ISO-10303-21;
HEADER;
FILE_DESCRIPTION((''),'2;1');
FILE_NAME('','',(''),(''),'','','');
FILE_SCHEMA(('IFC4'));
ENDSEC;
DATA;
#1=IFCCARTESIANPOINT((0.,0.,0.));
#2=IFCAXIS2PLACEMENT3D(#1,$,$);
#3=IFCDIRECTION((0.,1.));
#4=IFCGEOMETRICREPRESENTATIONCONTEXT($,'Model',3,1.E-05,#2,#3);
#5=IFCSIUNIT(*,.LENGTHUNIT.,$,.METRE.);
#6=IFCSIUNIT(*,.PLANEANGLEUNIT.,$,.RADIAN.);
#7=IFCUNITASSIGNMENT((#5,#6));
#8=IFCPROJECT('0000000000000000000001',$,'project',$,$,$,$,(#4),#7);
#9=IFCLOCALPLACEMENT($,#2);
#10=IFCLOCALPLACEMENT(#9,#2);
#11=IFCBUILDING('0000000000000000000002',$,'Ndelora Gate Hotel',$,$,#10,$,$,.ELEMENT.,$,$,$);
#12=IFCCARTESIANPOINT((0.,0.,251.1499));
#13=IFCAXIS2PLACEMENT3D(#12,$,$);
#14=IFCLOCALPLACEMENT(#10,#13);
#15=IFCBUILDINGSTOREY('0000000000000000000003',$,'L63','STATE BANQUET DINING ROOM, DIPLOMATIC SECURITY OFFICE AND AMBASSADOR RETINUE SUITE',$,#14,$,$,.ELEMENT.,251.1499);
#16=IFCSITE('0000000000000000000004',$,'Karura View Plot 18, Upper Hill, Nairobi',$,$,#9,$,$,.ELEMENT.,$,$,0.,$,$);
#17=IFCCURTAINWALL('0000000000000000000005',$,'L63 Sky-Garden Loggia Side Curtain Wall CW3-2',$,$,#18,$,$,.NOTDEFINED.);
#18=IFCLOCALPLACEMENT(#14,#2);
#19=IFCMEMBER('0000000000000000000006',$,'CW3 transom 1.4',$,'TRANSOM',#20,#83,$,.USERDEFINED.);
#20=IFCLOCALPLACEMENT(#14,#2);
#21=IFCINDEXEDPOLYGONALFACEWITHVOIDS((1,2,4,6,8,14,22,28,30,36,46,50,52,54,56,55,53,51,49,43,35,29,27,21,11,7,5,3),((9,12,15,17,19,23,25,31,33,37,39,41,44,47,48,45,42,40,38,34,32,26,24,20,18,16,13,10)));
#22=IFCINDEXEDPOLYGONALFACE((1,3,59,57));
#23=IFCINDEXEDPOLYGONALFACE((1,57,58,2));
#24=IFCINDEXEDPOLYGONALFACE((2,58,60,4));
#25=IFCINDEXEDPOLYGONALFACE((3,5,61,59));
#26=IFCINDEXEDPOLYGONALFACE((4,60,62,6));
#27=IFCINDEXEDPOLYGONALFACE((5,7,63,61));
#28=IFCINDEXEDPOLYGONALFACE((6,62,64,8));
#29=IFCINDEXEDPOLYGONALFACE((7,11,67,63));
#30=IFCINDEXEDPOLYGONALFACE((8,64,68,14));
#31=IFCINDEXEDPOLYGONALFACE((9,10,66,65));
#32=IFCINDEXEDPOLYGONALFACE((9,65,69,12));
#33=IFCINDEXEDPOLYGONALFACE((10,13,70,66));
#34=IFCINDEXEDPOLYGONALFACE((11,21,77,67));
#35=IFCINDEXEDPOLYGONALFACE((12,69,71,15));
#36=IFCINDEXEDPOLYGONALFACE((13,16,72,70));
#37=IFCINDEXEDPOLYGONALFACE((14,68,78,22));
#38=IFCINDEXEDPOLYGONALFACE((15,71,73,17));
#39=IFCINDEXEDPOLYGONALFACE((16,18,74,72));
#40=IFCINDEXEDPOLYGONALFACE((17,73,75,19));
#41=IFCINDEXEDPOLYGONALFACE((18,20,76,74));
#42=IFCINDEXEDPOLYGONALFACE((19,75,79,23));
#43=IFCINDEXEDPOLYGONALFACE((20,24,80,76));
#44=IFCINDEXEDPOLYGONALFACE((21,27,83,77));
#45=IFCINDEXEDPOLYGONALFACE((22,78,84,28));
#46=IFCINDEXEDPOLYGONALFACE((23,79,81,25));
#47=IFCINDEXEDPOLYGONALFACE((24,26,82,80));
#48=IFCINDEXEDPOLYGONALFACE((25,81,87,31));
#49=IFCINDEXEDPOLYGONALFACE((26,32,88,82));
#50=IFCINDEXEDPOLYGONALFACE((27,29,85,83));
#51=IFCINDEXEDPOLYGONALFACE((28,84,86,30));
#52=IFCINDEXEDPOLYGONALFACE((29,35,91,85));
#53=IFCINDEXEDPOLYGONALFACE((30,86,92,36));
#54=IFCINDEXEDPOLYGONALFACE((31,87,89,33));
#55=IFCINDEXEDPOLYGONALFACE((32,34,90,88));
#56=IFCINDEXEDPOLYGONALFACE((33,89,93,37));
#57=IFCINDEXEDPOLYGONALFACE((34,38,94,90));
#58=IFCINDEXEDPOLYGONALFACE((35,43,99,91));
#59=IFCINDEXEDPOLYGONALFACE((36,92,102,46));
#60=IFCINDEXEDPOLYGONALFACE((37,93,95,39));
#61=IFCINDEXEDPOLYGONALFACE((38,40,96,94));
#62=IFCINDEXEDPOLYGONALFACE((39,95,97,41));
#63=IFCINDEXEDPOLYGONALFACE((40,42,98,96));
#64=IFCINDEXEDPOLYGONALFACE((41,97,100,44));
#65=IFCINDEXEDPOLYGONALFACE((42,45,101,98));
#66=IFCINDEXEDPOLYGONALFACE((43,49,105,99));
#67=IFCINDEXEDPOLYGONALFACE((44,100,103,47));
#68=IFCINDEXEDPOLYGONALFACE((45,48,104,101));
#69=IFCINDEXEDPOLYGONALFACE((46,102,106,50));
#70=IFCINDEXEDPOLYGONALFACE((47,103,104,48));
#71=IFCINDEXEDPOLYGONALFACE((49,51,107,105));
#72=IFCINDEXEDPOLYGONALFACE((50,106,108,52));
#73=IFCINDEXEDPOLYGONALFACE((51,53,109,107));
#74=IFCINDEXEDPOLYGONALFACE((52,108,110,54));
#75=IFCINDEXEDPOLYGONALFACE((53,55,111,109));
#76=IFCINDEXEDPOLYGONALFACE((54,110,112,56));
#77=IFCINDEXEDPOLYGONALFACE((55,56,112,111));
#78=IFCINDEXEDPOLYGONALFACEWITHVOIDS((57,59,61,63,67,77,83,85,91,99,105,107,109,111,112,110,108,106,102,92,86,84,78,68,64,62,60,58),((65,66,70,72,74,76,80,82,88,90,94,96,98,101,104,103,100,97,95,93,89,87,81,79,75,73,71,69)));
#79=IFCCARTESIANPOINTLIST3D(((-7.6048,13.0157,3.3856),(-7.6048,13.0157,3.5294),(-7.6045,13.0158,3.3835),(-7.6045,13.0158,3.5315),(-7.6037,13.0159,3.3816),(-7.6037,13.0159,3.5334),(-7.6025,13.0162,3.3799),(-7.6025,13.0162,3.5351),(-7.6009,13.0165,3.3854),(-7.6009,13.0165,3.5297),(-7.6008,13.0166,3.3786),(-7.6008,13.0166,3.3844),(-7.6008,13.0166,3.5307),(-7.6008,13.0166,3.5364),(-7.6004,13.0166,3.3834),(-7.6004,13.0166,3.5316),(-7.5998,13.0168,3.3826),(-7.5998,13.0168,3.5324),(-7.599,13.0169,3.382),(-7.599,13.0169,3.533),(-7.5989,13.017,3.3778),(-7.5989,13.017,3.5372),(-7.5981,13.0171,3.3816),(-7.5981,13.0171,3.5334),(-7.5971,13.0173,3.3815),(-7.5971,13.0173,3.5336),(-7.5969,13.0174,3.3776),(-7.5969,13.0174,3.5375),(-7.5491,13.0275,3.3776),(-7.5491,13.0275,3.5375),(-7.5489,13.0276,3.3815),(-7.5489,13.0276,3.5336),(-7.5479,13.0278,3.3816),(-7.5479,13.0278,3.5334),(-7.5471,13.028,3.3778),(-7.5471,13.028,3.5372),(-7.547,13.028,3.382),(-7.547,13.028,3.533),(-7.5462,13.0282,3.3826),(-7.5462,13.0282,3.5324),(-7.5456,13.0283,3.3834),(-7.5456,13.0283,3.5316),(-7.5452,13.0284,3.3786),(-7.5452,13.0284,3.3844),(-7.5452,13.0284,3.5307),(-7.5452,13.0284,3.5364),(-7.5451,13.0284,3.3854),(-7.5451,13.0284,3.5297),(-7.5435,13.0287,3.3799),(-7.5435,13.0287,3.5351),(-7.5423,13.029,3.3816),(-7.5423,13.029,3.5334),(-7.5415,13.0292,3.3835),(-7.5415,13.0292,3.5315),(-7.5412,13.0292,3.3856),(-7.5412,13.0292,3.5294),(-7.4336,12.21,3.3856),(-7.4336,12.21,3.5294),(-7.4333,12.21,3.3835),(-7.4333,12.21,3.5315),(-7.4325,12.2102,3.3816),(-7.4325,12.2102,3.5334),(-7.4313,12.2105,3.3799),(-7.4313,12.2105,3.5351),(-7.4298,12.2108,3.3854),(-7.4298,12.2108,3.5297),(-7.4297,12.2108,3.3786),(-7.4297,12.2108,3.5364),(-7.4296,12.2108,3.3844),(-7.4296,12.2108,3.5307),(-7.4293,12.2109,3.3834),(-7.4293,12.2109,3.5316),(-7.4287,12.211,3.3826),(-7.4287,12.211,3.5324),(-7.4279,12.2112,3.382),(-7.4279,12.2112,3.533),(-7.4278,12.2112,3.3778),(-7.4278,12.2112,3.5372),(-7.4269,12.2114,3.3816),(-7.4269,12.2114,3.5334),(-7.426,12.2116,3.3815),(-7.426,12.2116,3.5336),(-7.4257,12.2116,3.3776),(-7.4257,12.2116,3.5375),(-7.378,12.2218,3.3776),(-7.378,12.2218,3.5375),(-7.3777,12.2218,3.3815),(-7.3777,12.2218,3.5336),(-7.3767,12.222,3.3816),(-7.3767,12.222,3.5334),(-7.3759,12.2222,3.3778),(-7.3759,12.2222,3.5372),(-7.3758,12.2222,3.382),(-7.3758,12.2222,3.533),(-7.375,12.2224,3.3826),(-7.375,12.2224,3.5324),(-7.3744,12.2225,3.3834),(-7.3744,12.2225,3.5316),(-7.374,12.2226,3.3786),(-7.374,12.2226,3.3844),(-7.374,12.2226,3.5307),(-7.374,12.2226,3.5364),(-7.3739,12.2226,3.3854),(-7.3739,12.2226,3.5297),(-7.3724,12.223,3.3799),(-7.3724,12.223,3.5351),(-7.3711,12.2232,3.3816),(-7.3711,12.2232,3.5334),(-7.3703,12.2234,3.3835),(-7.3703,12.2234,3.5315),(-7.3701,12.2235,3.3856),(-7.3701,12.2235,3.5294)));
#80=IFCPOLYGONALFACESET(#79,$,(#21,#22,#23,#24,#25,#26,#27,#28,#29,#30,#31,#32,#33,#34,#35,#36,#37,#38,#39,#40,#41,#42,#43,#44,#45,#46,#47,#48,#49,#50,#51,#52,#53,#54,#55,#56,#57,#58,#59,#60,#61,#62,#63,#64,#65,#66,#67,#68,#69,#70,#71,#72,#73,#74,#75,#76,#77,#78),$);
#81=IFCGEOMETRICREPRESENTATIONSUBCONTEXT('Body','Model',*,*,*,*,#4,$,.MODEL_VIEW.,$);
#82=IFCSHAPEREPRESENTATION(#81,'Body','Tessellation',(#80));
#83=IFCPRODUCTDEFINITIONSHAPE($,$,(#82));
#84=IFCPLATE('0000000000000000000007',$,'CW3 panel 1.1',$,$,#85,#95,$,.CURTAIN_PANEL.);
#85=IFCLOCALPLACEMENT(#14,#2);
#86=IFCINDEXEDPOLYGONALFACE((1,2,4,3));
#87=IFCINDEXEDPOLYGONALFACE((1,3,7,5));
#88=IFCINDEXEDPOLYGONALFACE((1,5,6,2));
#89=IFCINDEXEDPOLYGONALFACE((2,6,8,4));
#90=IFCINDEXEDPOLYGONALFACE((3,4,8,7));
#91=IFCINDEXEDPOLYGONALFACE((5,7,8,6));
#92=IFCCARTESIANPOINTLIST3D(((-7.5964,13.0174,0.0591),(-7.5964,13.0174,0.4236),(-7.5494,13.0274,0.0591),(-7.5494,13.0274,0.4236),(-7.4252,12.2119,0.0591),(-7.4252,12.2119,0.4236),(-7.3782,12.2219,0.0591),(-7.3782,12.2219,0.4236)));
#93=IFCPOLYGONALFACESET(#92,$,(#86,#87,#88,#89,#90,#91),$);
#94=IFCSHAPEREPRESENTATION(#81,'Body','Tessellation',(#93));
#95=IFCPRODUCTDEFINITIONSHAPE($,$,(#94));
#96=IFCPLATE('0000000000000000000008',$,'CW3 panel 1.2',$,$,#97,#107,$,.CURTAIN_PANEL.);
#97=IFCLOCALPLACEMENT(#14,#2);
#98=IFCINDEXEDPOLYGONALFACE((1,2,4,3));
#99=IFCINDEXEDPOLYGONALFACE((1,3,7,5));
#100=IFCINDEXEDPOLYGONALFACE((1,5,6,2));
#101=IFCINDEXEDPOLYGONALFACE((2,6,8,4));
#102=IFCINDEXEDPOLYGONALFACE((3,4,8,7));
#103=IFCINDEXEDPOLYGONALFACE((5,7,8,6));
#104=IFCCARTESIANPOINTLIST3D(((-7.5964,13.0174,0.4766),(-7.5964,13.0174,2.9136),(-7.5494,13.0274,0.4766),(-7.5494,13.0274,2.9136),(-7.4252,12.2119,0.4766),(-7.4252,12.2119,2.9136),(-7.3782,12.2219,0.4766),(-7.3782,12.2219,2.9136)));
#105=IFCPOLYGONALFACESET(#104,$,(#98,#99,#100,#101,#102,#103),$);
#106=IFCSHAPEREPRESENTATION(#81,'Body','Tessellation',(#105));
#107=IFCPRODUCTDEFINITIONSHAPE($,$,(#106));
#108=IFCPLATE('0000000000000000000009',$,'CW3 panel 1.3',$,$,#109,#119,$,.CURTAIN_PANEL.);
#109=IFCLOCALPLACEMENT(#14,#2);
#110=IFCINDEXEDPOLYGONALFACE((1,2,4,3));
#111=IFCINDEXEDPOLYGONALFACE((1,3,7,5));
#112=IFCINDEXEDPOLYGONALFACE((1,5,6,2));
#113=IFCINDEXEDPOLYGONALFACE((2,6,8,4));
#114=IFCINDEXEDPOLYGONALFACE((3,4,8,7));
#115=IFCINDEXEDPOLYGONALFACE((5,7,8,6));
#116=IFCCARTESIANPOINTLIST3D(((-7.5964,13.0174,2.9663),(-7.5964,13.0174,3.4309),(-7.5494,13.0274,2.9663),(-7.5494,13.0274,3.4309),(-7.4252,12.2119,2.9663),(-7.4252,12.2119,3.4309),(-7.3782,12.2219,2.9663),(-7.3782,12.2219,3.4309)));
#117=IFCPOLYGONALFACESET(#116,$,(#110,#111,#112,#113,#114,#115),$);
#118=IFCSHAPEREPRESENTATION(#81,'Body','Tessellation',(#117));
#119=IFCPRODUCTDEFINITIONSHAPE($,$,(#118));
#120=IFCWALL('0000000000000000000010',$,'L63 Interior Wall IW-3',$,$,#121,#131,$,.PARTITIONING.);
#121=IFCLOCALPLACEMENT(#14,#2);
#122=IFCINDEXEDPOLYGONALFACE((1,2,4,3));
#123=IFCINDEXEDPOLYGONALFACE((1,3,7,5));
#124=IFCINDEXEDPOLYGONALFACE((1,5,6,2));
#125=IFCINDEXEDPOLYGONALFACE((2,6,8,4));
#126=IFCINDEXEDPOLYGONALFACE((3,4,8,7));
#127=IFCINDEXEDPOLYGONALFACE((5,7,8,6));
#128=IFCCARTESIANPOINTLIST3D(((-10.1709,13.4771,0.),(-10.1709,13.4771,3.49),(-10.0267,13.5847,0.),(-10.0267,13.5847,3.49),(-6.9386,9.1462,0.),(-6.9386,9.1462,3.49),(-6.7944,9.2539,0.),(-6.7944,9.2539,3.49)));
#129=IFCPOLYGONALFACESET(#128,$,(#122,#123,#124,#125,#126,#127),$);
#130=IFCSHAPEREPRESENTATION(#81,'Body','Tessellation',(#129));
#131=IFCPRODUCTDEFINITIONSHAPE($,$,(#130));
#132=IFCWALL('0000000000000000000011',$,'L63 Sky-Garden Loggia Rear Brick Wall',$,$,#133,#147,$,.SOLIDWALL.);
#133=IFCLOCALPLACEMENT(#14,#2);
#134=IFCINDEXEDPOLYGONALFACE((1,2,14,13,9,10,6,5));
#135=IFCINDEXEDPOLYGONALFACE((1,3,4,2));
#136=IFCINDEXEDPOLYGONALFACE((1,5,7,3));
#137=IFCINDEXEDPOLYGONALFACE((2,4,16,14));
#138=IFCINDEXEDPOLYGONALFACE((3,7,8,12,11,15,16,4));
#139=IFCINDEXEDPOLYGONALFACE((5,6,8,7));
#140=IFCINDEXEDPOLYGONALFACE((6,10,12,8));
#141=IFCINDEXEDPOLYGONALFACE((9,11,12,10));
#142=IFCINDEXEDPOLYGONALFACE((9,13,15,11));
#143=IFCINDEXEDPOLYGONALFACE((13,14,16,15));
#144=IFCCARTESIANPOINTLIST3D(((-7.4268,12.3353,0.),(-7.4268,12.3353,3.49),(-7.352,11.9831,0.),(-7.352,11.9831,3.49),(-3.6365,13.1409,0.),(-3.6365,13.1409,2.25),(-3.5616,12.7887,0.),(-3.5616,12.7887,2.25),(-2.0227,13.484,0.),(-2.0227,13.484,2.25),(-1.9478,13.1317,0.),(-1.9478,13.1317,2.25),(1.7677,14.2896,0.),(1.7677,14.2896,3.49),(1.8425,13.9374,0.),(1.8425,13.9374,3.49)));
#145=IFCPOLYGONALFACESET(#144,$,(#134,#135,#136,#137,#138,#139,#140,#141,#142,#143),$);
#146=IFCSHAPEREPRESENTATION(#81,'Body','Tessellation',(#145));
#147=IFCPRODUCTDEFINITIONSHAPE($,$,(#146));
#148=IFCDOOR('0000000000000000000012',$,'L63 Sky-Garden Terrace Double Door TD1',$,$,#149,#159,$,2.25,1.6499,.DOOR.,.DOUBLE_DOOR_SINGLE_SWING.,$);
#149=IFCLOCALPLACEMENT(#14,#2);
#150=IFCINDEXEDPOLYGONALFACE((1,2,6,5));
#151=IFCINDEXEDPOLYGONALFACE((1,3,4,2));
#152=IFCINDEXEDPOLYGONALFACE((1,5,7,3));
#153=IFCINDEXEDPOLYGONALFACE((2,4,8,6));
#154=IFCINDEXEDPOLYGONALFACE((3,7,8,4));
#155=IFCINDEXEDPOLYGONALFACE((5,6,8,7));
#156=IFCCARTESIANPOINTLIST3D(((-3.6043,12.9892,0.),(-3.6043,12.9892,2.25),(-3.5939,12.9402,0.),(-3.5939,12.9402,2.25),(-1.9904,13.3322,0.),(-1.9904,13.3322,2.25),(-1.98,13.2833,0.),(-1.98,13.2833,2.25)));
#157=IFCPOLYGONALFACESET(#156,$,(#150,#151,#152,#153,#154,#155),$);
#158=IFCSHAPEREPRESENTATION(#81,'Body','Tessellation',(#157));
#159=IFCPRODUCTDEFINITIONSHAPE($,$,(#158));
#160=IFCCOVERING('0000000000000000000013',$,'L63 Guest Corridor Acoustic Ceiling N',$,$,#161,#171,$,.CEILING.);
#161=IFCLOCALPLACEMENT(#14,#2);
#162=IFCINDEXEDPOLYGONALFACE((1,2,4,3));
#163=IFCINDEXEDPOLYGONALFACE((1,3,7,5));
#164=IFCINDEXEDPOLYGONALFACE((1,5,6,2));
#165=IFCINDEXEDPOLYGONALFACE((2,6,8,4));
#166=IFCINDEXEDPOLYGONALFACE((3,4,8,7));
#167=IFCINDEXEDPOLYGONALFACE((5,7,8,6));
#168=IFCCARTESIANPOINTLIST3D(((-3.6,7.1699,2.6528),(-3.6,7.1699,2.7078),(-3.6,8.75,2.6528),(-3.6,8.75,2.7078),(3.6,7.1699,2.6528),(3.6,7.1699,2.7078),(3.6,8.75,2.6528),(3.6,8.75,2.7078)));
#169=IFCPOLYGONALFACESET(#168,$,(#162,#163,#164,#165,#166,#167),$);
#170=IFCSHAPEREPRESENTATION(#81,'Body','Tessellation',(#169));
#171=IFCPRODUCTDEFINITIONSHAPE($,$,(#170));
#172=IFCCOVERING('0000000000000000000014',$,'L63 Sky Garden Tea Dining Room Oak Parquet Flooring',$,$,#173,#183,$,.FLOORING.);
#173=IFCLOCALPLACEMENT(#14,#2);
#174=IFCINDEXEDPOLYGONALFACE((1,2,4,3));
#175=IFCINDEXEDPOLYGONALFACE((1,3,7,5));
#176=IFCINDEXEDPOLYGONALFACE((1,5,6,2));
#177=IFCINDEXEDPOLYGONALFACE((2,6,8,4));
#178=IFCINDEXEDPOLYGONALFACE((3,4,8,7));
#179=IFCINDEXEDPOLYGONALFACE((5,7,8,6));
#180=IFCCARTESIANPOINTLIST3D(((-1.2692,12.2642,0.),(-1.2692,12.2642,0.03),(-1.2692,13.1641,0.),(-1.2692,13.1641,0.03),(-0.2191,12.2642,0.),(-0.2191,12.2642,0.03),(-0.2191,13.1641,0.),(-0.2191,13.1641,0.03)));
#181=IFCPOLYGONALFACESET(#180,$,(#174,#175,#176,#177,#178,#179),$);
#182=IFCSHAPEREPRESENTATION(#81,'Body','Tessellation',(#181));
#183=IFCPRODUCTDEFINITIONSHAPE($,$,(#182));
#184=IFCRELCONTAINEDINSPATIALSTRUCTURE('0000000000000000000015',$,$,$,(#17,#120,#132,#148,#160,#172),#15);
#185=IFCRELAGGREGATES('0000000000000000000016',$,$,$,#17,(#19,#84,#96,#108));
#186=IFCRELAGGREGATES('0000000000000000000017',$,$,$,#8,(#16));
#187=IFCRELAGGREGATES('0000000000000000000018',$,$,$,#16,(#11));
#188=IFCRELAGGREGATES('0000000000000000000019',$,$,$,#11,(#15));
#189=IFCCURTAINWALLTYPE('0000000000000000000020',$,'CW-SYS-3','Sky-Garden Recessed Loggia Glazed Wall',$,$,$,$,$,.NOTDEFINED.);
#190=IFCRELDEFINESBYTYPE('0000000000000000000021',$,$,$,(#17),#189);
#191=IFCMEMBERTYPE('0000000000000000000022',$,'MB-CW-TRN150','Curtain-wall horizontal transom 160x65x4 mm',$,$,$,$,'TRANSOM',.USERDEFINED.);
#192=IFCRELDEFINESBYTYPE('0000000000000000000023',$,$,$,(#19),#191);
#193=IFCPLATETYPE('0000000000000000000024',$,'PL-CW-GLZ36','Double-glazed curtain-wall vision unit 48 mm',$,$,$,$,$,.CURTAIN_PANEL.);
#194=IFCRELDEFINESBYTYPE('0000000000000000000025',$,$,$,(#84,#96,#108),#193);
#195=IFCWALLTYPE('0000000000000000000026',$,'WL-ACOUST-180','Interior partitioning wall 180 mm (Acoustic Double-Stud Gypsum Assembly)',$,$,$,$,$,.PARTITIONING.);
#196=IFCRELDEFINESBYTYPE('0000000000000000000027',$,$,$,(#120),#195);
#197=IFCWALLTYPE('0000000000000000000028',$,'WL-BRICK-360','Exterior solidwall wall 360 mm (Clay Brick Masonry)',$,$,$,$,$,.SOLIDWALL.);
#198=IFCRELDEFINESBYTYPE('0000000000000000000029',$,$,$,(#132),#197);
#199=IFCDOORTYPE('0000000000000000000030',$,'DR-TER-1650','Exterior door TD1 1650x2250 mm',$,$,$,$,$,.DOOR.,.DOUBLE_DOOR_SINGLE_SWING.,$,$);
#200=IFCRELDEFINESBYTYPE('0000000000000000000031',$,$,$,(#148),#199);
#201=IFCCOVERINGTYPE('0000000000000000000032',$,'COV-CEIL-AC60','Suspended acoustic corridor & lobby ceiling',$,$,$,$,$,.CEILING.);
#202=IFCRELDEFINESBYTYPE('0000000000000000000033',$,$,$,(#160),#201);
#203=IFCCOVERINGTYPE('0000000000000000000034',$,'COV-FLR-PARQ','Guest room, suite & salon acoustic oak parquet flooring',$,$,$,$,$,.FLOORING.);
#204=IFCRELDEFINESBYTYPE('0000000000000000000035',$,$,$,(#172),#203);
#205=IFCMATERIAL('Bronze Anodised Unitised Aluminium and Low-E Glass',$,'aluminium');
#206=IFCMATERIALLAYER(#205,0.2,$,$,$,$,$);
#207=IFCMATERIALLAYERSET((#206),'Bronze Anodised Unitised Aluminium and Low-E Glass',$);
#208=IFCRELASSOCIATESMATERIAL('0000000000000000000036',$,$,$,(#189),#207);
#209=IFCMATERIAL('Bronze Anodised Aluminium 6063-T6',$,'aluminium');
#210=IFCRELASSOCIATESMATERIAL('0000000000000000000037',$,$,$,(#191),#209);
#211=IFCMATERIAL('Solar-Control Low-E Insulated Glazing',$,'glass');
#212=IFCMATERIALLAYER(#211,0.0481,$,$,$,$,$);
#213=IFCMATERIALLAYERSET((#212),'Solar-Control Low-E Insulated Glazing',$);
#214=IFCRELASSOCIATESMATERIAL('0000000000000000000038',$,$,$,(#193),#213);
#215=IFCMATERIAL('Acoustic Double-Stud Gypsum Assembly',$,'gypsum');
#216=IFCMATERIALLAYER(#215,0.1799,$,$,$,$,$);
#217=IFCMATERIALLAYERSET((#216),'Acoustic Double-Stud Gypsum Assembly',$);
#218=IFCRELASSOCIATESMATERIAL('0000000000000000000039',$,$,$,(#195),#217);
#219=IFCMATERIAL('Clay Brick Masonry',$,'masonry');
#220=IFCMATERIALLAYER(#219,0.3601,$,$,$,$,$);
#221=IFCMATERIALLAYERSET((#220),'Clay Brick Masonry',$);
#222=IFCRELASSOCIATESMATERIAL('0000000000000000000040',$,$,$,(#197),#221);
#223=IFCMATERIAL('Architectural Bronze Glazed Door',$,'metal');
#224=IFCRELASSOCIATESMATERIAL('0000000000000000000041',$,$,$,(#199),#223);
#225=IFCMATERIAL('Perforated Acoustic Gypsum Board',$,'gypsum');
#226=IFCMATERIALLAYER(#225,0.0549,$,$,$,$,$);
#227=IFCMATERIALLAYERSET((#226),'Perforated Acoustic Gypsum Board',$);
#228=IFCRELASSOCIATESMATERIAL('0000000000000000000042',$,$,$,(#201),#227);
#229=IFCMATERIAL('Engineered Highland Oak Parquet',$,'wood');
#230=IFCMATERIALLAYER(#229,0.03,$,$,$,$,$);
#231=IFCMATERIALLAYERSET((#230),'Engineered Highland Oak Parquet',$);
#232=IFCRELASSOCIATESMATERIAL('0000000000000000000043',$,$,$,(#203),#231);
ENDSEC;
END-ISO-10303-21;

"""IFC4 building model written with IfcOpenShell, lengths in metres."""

from ifc_helpers import new_model, si_unit, direction, frame, frame_2d, origin, origin_2d, place, context, subcontext, project, spatial, rectangle, hollow_rectangle, extrude, material, layer, layer_set, material_profile, profile_set, type_object, element, fill, aggregate, save


model = new_model("IFC4")

# Units and contexts
model_context = context("Model", 3, precision=1e-05, world=origin(), true_north=direction((0.0, 1.0)))
body_context = subcontext(model_context, "Body", "Model", "MODEL_VIEW")
ifc_project = project(units=[si_unit("LENGTHUNIT", "METRE"), si_unit("PLANEANGLEUNIT", "RADIAN")], contexts=[model_context])

# Site, building, storey
site_placement = place(None, origin())
site = spatial("IfcSite", under=ifc_project, at=site_placement, Name="Karura View Plot 18, Upper Hill, Nairobi", CompositionType="ELEMENT", RefElevation=0.0)
building_placement = place(site_placement, origin())
building = spatial("IfcBuilding", under=site, at=building_placement, Name="Ndelora Gate Hotel", CompositionType="ELEMENT")
storey_placement = place(building_placement, frame((0.0, 0.0, 251.1499)))
storey = spatial("IfcBuildingStorey", under=building, at=storey_placement, Name="L63", Description="STATE BANQUET DINING ROOM, DIPLOMATIC SECURITY OFFICE AND AMBASSADOR RETINUE SUITE", CompositionType="ELEMENT", Elevation=251.1499)

# Curtain wall, member, plates
ifc_material_1 = material(Name="Bronze Anodised Unitised Aluminium and Low-E Glass", Category="aluminium")
ifc_layer_1 = layer(ifc_material_1, 0.2)
ifc_layer_set_1 = layer_set([ifc_layer_1], Name="Bronze Anodised Unitised Aluminium and Low-E Glass")
curtain_wall_type = type_object("IfcCurtainWallType", Name="CW-SYS-3", Description="Sky-Garden Recessed Loggia Glazed Wall", PredefinedType="NOTDEFINED", material=ifc_layer_set_1)
curtain_wall_placement = place(storey_placement, origin())
curtain_wall = element("IfcCurtainWall", 1, at=curtain_wall_placement, inside=storey, type_object=curtain_wall_type, Name="L63 Sky-Garden Loggia Side Curtain Wall CW3-2", PredefinedType="NOTDEFINED")
ifc_material_2 = material(Name="Bronze Anodised Aluminium 6063-T6", Category="aluminium")
ifc_material_profile_1 = material_profile(ifc_material_2, hollow_rectangle(XDim=0.0649, YDim=0.1599, WallThickness=0.0039, InnerFilletRadius=0.0039, OuterFilletRadius=0.0081, at=origin_2d()), Name="ALU 160x65x4")
ifc_profile_set_1 = profile_set([ifc_material_profile_1], Name="Bronze Anodised Aluminium 6063-T6")
member_type_1 = type_object("IfcMemberType", Name="MB-CW-TRN150", Description="Curtain-wall horizontal transom 160x65x4 mm", ElementType="TRANSOM", PredefinedType="USERDEFINED", material=ifc_profile_set_1)
member_1_placement = place(storey_placement, frame((-7.573, 13.0225, 3.4575), z_axis=(0.207788, -0.978174, 0.0), x_axis=(0.978174, 0.207788, 0.0)))
member_1 = element("IfcMember", 2, at=member_1_placement, type_object=member_type_1, Name="CW3 transom 1.4", ObjectType="TRANSOM", PredefinedType="USERDEFINED", context=body_context, shape_type="SweptSolid", body=[
    extrude(hollow_rectangle(XDim=0.0649, YDim=0.1599, WallThickness=0.0039, InnerFilletRadius=0.0039, OuterFilletRadius=0.0081, at=origin_2d()), origin(), (0.0, 0.0, 1.0), 0.8237),
])
ifc_material_3 = material(Name="Solar-Control Low-E Insulated Glazing", Category="glass")
ifc_layer_2 = layer(ifc_material_3, 0.0481)
ifc_layer_set_2 = layer_set([ifc_layer_2], Name="Solar-Control Low-E Insulated Glazing")
plate_type = type_object("IfcPlateType", Name="PL-CW-GLZ36", Description="Double-glazed curtain-wall vision unit 48 mm", PredefinedType="CURTAIN_PANEL", material=ifc_layer_set_2)
plate_1_placement = place(storey_placement, frame((-7.4873, 12.6196, 0.0591), z_axis=(0.0, 0.0, 1.0), x_axis=(0.207948, -0.97814, 0.0)))
plate_1 = element("IfcPlate", 3, at=plate_1_placement, type_object=plate_type, Name="CW3 panel 1.1", PredefinedType="CURTAIN_PANEL", context=body_context, shape_type="SweptSolid", body=[
    extrude(rectangle(XDim=0.8235, YDim=0.0481, at=origin_2d()), origin(), (0.0, 0.0, 1.0), 0.3645),
])
plate_2_placement = place(storey_placement, frame((-7.4873, 12.6196, 0.4766), z_axis=(0.0, 0.0, 1.0), x_axis=(0.207948, -0.97814, 0.0)))
plate_2 = element("IfcPlate", 4, at=plate_2_placement, type_object=plate_type, Name="CW3 panel 1.2", PredefinedType="CURTAIN_PANEL", context=body_context, shape_type="SweptSolid", body=[
    extrude(rectangle(XDim=0.8235, YDim=0.0481, at=origin_2d()), origin(), (0.0, 0.0, 1.0), 2.437),
])
plate_3_placement = place(storey_placement, frame((-7.4873, 12.6196, 2.9663), z_axis=(0.0, 0.0, 1.0), x_axis=(0.207948, -0.97814, 0.0)))
plate_3 = element("IfcPlate", 5, at=plate_3_placement, type_object=plate_type, Name="CW3 panel 1.3", PredefinedType="CURTAIN_PANEL", context=body_context, shape_type="SweptSolid", body=[
    extrude(rectangle(XDim=0.8235, YDim=0.0481, at=origin_2d()), origin(), (0.0, 0.0, 1.0), 0.4646),
])
aggregate(curtain_wall, [member_1, plate_1, plate_2, plate_3])

# Wall
ifc_material_4 = material(Name="Acoustic Double-Stud Gypsum Assembly", Category="gypsum")
ifc_layer_3 = layer(ifc_material_4, 0.1799)
ifc_layer_set_3 = layer_set([ifc_layer_3], Name="Acoustic Double-Stud Gypsum Assembly")
wall_type_1 = type_object("IfcWallType", Name="WL-ACOUST-180", Description="Interior partitioning wall 180 mm (Acoustic Double-Stud Gypsum Assembly)", PredefinedType="PARTITIONING", material=ifc_layer_set_3)
wall_1_placement = place(storey_placement, frame((-6.8665, 9.2, 0.0), z_axis=(0.0, 0.0, 1.0), x_axis=(-0.598112, 0.801413, 0.0)))
element("IfcWall", 6, at=wall_1_placement, inside=storey, type_object=wall_type_1, Name="L63 Interior Wall IW-3", PredefinedType="PARTITIONING", context=body_context, shape_type="SweptSolid", body=[
    extrude(rectangle(XDim=5.4041, YDim=0.1799, at=frame_2d((2.7021, 0.0))), origin(), (0.0, 0.0, 1.0), 3.49),
])

# Wall, opening, door
ifc_material_5 = material(Name="Clay Brick Masonry", Category="masonry")
ifc_layer_4 = layer(ifc_material_5, 0.3601)
ifc_layer_set_4 = layer_set([ifc_layer_4], Name="Clay Brick Masonry")
wall_type_2 = type_object("IfcWallType", Name="WL-BRICK-360", Description="Exterior solidwall wall 360 mm (Clay Brick Masonry)", PredefinedType="SOLIDWALL", material=ifc_layer_set_4)
wall_2_placement = place(storey_placement, frame((-7.3894, 12.1592, 0.0), z_axis=(0.0, 0.0, 1.0), x_axis=(0.978148, 0.207909, 0.0)))
wall_2 = element("IfcWall", 7, at=wall_2_placement, inside=storey, type_object=wall_type_2, Name="L63 Sky-Garden Loggia Rear Brick Wall", PredefinedType="SOLIDWALL", context=body_context, shape_type="SweptSolid", body=[
    extrude(rectangle(XDim=9.3999, YDim=0.3601, at=frame_2d((4.7, 0.0))), origin(), (0.0, 0.0, 1.0), 3.49),
])
opening_placement = place(wall_2_placement, frame((3.875, 0.0, 0.0)))
opening = element("IfcOpeningElement", 8, at=opening_placement, cuts=wall_2, PredefinedType="OPENING", context=body_context, shape_type="SweptSolid", body=[
    extrude(rectangle(XDim=1.6499, YDim=2.25, at=frame_2d((0.825, 1.125))), frame((0.0, 0.1899, 0.0), z_axis=(0.0, -1.0, 0.0), x_axis=(1.0, 0.0, 0.0)), (0.0, 0.0, 1.0), 0.3801),
])
ifc_material_6 = material(Name="Architectural Bronze Glazed Door", Category="metal")
door_type = type_object("IfcDoorType", Name="DR-TER-1650", Description="Exterior door TD1 1650x2250 mm", OperationType="DOUBLE_DOOR_SINGLE_SWING", PredefinedType="DOOR", material=ifc_material_6)
door_placement = place(opening_placement, origin())
door = element("IfcDoor", 9, at=door_placement, inside=storey, type_object=door_type, Name="L63 Sky-Garden Terrace Double Door TD1", OperationType="DOUBLE_DOOR_SINGLE_SWING", OverallHeight=2.25, OverallWidth=1.6499, PredefinedType="DOOR", context=body_context, shape_type="SweptSolid", body=[
    extrude(rectangle(XDim=1.6499, YDim=2.25, at=frame_2d((0.825, 1.125))), frame((0.0, 0.0249, 0.0), z_axis=(0.0, -1.0, 0.0), x_axis=(1.0, 0.0, 0.0)), (0.0, 0.0, 1.0), 0.05),
])
fill(opening, door)

# Coverings
ifc_material_7 = material(Name="Perforated Acoustic Gypsum Board", Category="gypsum")
ifc_layer_5 = layer(ifc_material_7, 0.0549)
ifc_layer_set_5 = layer_set([ifc_layer_5], Name="Perforated Acoustic Gypsum Board")
covering_type_1 = type_object("IfcCoveringType", Name="COV-CEIL-AC60", Description="Suspended acoustic corridor & lobby ceiling", PredefinedType="CEILING", material=ifc_layer_set_5)
covering_1_placement = place(storey_placement, frame((0.0, 7.96, 2.6528), z_axis=(0.0, 0.0, 1.0), x_axis=(1.0, 0.0, 0.0)))
element("IfcCovering", 10, at=covering_1_placement, inside=storey, type_object=covering_type_1, Name="L63 Guest Corridor Acoustic Ceiling N", PredefinedType="CEILING", context=body_context, shape_type="SweptSolid", body=[
    extrude(rectangle(XDim=7.2, YDim=1.5801, at=origin_2d()), origin(), (0.0, 0.0, 1.0), 0.0549),
])
ifc_material_8 = material(Name="Engineered Highland Oak Parquet", Category="wood")
ifc_layer_6 = layer(ifc_material_8, 0.03)
ifc_layer_set_6 = layer_set([ifc_layer_6], Name="Engineered Highland Oak Parquet")
covering_type_2 = type_object("IfcCoveringType", Name="COV-FLR-PARQ", Description="Guest room, suite & salon acoustic oak parquet flooring", PredefinedType="FLOORING", material=ifc_layer_set_6)
covering_2_placement = place(storey_placement, frame((-0.7441, 12.7141, 0.0), z_axis=(0.0, 0.0, 1.0), x_axis=(1.0, 0.0, 0.0)))
element("IfcCovering", 11, at=covering_2_placement, inside=storey, type_object=covering_type_2, Name="L63 Sky Garden Tea Dining Room Oak Parquet Flooring", PredefinedType="FLOORING", context=body_context, shape_type="SweptSolid", body=[
    extrude(rectangle(XDim=1.05, YDim=0.8999, at=origin_2d()), origin(), (0.0, 0.0, 1.0), 0.03),
])

save(model, "model.ifc")
